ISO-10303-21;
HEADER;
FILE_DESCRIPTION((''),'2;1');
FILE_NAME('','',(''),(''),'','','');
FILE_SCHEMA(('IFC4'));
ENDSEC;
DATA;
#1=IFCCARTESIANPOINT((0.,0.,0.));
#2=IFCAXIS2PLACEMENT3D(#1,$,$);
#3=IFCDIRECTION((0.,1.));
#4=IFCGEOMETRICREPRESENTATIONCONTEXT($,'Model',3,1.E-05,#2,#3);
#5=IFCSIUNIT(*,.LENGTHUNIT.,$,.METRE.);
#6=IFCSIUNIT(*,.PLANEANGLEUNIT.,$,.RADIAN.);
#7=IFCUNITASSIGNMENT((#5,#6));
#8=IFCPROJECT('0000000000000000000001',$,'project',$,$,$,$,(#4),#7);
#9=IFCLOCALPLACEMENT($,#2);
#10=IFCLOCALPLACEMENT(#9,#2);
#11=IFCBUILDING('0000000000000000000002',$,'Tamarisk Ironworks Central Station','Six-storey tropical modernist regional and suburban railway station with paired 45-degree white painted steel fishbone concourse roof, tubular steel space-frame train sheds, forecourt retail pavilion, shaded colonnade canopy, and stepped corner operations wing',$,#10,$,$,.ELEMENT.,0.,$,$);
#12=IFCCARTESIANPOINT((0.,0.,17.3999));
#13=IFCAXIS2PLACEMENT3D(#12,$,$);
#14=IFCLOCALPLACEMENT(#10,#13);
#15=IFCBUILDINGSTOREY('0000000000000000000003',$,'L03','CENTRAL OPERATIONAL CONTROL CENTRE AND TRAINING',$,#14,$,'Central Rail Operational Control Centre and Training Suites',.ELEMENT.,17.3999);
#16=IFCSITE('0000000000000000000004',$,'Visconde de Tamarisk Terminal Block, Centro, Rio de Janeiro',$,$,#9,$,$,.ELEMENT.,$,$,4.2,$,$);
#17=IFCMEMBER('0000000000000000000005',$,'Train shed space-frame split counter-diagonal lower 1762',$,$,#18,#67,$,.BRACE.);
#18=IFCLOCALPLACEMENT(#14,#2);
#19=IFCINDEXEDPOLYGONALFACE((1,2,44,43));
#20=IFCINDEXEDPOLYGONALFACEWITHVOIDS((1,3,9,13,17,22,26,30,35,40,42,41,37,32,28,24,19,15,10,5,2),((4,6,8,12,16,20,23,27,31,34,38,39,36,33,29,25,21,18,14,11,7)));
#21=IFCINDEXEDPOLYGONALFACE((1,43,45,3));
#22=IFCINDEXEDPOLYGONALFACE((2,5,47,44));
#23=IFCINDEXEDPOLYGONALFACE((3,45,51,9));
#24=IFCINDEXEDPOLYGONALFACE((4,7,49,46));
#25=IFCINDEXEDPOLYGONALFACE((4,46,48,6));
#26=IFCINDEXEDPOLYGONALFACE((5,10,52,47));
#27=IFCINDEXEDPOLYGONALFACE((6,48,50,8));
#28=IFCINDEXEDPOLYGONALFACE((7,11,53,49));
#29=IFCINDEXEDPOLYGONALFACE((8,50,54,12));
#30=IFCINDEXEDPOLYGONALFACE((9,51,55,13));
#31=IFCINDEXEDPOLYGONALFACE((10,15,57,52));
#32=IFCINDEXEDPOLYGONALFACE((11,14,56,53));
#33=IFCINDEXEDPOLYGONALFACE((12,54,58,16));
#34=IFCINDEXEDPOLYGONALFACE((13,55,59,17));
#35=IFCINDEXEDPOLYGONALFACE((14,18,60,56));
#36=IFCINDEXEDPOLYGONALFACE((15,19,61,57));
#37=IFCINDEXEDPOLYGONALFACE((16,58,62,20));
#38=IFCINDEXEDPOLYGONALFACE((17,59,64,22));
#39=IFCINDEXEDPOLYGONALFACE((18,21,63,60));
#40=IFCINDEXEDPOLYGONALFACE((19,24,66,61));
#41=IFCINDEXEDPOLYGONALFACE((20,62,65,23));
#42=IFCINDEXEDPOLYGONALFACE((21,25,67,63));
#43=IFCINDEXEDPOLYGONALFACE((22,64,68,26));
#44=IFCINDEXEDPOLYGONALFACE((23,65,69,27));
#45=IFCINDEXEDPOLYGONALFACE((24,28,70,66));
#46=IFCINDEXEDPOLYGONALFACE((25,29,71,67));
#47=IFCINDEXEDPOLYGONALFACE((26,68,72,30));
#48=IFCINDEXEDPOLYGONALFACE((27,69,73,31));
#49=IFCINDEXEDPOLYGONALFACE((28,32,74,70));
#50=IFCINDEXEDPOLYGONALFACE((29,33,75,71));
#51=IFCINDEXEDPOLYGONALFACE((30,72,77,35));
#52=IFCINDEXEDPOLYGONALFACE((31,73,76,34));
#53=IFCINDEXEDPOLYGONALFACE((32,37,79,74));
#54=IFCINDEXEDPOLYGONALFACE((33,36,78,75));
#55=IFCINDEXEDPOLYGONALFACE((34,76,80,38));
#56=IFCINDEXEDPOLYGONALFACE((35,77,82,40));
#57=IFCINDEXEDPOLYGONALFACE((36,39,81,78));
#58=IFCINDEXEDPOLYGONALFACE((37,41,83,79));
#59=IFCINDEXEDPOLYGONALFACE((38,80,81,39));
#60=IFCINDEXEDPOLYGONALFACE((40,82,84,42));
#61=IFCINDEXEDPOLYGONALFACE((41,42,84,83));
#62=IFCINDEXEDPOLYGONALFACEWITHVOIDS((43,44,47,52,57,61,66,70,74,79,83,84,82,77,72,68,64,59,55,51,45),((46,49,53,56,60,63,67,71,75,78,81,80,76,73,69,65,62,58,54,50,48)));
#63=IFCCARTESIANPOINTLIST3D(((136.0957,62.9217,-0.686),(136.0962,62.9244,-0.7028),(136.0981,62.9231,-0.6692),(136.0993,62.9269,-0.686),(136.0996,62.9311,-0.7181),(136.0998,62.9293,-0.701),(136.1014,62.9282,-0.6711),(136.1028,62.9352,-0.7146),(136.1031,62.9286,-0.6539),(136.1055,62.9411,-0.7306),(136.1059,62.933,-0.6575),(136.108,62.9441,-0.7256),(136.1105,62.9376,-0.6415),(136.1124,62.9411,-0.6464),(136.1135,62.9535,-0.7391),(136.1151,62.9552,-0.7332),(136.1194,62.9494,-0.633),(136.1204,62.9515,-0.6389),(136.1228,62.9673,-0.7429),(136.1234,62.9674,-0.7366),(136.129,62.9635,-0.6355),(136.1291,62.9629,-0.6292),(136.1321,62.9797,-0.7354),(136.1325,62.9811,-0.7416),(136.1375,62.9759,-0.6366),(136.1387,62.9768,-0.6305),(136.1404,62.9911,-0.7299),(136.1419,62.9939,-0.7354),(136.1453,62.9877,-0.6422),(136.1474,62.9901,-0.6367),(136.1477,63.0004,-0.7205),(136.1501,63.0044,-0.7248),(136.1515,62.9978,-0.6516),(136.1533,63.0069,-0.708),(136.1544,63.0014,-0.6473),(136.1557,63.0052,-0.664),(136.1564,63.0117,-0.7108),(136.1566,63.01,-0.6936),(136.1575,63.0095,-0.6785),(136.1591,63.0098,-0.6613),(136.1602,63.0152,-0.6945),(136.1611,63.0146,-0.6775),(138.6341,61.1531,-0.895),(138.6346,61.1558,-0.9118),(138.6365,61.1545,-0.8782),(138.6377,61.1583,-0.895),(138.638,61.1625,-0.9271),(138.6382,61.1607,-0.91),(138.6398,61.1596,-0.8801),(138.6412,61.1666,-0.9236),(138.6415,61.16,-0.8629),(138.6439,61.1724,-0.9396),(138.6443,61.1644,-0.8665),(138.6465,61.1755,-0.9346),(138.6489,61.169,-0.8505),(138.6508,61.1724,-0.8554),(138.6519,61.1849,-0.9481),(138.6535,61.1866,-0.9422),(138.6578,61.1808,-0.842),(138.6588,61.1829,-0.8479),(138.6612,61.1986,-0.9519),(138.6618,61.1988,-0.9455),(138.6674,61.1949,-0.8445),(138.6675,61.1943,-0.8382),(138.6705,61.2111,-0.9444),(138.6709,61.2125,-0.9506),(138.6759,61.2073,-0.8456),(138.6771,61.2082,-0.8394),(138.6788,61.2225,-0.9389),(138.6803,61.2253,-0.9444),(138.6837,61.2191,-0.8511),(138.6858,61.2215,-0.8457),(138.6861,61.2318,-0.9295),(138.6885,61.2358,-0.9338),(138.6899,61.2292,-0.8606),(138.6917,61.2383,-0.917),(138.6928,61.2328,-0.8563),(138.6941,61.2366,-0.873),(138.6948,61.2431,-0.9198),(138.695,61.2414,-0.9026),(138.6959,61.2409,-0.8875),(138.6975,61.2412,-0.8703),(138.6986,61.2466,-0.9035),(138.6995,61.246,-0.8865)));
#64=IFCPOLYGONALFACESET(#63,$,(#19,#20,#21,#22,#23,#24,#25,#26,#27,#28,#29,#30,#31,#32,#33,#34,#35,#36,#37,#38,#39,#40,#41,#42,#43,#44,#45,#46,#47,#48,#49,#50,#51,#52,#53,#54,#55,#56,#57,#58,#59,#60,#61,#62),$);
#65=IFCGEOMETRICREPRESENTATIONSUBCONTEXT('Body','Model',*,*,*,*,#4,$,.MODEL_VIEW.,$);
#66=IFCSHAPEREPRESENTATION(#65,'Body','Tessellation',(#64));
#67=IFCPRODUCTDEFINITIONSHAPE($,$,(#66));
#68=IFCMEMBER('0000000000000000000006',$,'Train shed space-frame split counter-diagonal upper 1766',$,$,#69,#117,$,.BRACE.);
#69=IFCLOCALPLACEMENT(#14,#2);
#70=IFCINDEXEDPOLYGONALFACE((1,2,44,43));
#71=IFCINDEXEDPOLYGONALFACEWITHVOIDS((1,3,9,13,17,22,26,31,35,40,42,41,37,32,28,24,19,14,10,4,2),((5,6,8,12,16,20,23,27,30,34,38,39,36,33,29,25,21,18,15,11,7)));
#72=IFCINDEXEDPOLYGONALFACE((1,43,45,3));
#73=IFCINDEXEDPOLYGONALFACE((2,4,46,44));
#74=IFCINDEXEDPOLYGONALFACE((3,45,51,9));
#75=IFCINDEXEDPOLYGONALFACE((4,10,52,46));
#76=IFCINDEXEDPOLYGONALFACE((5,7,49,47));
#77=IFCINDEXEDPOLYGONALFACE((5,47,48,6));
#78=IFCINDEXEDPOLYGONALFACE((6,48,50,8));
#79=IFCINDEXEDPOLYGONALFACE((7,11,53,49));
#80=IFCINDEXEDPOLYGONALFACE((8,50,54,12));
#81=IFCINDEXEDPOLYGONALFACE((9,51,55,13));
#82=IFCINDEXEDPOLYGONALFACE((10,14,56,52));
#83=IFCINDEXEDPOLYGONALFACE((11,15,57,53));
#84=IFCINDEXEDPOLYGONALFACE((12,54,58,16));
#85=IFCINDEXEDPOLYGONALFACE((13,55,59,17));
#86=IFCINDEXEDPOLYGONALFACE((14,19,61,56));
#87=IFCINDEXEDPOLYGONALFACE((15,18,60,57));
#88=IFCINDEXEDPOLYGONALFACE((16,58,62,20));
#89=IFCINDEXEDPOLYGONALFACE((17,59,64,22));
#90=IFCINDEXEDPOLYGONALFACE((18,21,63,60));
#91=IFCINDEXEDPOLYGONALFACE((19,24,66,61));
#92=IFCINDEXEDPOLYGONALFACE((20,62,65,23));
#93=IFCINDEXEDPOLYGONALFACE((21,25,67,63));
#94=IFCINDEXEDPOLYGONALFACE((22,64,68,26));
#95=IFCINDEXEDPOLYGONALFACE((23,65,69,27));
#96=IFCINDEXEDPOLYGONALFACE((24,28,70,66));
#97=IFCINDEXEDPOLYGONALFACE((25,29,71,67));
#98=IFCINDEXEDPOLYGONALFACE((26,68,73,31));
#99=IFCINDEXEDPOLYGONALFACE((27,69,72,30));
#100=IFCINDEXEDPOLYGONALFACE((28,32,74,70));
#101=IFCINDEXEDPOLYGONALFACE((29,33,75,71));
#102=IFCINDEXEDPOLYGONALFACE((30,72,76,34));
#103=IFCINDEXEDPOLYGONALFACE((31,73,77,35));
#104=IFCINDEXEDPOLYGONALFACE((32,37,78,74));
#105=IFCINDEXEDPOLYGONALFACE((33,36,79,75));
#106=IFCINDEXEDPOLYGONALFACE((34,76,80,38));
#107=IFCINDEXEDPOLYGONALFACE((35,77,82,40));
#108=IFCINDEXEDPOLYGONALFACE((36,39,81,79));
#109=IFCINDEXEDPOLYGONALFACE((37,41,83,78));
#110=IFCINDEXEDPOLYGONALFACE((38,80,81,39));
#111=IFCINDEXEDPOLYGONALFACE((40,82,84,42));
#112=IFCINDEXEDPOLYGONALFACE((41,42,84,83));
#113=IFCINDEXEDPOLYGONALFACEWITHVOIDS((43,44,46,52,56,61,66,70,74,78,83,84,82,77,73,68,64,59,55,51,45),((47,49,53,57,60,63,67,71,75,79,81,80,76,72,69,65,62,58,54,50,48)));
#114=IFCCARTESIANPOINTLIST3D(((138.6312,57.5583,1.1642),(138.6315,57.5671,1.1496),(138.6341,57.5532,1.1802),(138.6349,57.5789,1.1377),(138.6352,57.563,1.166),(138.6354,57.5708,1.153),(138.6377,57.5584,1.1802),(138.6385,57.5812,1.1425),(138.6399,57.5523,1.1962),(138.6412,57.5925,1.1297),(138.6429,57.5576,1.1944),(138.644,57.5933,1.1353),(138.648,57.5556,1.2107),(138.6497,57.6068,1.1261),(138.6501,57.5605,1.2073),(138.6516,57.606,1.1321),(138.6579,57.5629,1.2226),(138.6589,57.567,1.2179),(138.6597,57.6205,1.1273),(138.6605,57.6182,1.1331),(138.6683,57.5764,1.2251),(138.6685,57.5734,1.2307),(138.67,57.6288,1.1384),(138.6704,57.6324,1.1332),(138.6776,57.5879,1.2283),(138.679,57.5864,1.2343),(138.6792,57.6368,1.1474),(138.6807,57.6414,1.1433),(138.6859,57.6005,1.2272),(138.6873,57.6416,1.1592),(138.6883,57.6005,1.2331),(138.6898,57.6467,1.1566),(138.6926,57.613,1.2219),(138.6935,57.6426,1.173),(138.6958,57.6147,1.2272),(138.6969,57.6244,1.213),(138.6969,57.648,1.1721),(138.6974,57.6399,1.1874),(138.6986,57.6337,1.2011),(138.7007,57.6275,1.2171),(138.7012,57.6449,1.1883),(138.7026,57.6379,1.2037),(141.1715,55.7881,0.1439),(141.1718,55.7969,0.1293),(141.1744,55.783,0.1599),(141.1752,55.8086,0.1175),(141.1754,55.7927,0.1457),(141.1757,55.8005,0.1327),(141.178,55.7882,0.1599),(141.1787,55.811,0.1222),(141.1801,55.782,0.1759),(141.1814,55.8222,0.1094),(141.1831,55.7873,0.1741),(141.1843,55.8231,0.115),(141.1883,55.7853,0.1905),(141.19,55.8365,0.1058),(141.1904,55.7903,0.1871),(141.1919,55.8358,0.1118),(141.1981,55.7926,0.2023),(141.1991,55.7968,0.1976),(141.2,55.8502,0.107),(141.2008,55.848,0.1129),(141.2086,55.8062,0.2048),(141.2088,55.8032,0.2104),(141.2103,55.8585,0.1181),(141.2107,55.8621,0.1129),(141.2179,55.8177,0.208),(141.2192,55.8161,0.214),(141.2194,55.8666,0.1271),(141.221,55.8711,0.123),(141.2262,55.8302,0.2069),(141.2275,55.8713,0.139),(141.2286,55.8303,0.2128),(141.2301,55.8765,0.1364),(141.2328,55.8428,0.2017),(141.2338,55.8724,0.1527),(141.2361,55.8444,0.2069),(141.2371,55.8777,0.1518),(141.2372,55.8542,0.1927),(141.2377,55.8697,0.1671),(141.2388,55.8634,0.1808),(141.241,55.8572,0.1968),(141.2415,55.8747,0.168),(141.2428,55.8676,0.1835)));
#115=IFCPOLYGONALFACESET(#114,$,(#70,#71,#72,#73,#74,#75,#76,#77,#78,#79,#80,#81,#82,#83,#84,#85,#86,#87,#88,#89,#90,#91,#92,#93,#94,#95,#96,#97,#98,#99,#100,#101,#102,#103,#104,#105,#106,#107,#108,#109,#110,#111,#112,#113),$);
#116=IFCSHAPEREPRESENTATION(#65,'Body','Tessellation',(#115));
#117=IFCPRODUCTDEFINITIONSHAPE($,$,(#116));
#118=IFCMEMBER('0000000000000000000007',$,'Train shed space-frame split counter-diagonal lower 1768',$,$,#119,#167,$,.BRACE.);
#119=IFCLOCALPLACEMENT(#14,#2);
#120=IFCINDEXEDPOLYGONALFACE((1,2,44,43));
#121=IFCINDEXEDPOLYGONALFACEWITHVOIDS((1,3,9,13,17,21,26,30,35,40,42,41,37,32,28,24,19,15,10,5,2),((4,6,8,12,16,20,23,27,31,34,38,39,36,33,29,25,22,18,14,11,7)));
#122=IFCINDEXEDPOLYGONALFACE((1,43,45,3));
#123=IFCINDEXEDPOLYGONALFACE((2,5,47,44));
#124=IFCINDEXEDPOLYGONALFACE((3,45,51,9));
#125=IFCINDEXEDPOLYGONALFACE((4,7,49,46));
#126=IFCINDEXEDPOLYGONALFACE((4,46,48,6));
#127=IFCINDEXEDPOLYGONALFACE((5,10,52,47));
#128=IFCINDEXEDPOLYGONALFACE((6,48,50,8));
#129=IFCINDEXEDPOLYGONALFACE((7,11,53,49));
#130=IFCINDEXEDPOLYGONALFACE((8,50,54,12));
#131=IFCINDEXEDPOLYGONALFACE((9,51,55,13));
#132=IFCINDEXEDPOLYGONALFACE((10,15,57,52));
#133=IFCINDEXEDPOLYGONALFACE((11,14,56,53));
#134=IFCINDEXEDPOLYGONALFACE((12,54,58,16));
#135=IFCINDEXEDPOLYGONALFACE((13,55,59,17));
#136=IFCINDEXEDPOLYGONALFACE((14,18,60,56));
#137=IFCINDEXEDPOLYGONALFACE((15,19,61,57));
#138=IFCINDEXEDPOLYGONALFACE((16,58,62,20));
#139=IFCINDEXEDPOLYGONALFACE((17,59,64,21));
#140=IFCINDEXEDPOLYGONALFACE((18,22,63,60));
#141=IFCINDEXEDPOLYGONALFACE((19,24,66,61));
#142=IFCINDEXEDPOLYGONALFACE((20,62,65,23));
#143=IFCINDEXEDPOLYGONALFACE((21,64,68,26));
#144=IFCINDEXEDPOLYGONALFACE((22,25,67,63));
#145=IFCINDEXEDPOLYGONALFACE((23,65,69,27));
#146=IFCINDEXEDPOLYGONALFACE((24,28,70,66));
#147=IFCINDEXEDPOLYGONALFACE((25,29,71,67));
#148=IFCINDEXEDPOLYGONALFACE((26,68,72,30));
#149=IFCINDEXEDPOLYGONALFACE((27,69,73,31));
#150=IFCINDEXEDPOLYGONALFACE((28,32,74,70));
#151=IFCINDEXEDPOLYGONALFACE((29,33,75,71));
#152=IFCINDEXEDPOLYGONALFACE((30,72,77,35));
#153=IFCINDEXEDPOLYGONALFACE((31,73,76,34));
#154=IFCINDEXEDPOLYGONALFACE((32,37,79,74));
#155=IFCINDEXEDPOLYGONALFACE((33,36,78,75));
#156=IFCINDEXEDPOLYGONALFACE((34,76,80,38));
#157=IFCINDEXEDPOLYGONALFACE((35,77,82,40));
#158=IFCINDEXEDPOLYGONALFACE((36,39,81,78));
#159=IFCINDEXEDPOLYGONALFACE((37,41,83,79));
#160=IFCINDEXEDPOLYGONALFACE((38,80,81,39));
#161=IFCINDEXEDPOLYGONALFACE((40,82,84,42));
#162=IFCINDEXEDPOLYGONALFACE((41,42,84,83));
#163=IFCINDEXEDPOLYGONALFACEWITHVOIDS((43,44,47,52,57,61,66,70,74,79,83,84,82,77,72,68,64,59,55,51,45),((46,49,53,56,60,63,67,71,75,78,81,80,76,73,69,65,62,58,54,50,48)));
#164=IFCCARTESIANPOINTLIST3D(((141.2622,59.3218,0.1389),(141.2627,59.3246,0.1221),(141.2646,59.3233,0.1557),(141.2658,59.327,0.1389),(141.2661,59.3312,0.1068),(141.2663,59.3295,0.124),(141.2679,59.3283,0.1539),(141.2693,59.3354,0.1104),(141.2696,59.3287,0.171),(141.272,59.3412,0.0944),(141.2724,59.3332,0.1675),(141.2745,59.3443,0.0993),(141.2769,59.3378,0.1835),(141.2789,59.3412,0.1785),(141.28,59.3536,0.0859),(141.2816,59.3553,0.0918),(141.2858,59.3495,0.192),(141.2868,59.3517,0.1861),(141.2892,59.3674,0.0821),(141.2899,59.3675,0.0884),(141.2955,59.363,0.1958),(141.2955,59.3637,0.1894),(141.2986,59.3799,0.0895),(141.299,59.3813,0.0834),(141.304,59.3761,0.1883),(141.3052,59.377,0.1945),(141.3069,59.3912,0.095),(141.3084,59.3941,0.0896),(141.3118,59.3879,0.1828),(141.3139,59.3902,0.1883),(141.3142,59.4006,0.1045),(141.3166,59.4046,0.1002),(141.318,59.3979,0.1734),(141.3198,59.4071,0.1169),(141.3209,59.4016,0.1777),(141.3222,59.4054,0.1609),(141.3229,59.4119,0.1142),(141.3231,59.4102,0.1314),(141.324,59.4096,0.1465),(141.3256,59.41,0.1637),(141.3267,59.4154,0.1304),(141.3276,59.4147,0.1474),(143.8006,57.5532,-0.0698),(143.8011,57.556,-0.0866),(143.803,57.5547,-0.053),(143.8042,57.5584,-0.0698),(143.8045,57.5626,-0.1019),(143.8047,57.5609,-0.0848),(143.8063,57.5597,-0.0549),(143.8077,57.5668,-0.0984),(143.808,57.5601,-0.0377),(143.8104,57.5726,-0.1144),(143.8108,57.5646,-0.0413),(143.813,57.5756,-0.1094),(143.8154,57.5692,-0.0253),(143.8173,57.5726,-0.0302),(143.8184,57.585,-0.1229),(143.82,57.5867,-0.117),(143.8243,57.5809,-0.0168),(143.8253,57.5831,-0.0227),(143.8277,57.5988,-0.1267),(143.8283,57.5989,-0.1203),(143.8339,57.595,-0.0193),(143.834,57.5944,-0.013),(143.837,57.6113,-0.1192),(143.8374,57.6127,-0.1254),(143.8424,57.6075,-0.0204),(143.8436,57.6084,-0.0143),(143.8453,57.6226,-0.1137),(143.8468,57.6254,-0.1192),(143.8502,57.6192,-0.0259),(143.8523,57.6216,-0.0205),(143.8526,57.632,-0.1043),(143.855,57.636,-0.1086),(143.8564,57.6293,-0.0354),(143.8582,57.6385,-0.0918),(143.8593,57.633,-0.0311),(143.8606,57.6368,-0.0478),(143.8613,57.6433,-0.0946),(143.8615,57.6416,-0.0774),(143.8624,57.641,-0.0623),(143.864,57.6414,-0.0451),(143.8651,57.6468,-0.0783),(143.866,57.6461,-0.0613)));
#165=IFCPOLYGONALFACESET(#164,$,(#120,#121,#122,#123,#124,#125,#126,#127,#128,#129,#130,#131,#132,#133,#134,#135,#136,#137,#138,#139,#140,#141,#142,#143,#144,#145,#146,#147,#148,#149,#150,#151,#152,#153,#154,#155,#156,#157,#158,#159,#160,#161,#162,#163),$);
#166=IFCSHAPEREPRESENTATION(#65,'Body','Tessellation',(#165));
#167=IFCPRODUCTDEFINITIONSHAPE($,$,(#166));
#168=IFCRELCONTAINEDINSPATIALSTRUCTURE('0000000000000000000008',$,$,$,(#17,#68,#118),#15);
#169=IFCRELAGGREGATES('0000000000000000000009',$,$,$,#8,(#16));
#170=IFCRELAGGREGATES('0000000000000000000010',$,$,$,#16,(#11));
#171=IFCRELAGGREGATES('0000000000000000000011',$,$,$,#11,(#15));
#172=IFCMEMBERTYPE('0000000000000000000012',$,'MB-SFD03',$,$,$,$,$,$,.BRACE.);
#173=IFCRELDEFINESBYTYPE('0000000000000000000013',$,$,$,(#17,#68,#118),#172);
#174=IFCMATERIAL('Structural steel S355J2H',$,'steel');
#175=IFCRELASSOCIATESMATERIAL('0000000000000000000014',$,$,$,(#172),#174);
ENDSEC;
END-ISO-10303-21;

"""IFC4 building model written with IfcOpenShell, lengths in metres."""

from ifc_helpers import new_model, si_unit, direction, frame, origin, origin_2d, place, context, subcontext, project, spatial, hollow_circle, extrude, material, material_profile, profile_set, type_object, element, save


model = new_model("IFC4")

# Units and contexts
model_context = context("Model", 3, precision=1e-05, world=origin(), true_north=direction((0.0, 1.0)))
body_context = subcontext(model_context, "Body", "Model", "MODEL_VIEW")
ifc_project = project(units=[si_unit("LENGTHUNIT", "METRE"), si_unit("PLANEANGLEUNIT", "RADIAN")], contexts=[model_context])

# Site, building, storey
site_placement = place(None, origin())
site = spatial("IfcSite", under=ifc_project, at=site_placement, Name="Visconde de Tamarisk Terminal Block, Centro, Rio de Janeiro", CompositionType="ELEMENT", RefElevation=4.2)
building_placement = place(site_placement, origin())
building = spatial("IfcBuilding", under=site, at=building_placement, Name="Tamarisk Ironworks Central Station", Description="Six-storey tropical modernist regional and suburban railway station with paired 45-degree white painted steel fishbone concourse roof, tubular steel space-frame train sheds, forecourt retail pavilion, shaded colonnade canopy, and stepped corner operations wing", CompositionType="ELEMENT", ElevationOfRefHeight=0.0)
storey_placement = place(building_placement, frame((0.0, 0.0, 17.3999)))
storey = spatial("IfcBuildingStorey", under=building, at=storey_placement, Name="L03", Description="CENTRAL OPERATIONAL CONTROL CENTRE AND TRAINING", LongName="Central Rail Operational Control Centre and Training Suites", CompositionType="ELEMENT", Elevation=17.3999)

# Members
ifc_material = material(Name="Structural steel S355J2H", Category="steel")
ifc_material_profile_1 = material_profile(ifc_material, hollow_circle(Radius=0.0571, WallThickness=0.0063, at=origin_2d()), Name="CHS 114.3x6.3")
ifc_profile_set_1 = profile_set([ifc_material_profile_1], Name="Structural steel S355J2H")
member_type_1 = type_object("IfcMemberType", Name="MB-SFD03", PredefinedType="BRACE", material=ifc_profile_set_1)
member_1_placement = place(storey_placement, frame((138.6667, 61.2, -0.895), z_axis=(-0.818621, 0.570366, 0.067398), x_axis=(-0.571666, -0.820487, 0.0)))
element("IfcMember", 1, at=member_1_placement, inside=storey, type_object=member_type_1, Name="Train shed space-frame split counter-diagonal lower 1762", PredefinedType="BRACE", context=body_context, shape_type="SweptSolid", body=[
    extrude(hollow_circle(Radius=0.0571, WallThickness=0.0063, at=origin_2d()), origin(), (0.0, 0.0, 1.0), 3.1008),
])
member_2_placement = place(storey_placement, frame((141.207, 55.8298, 0.1599), z_axis=(-0.77922, 0.54302, 0.312961), x_axis=(-0.571741, -0.820434, 0.0)))
element("IfcMember", 2, at=member_2_placement, inside=storey, type_object=member_type_1, Name="Train shed space-frame split counter-diagonal upper 1766", PredefinedType="BRACE", context=body_context, shape_type="SweptSolid", body=[
    extrude(hollow_circle(Radius=0.0571, WallThickness=0.0063, at=origin_2d()), origin(), (0.0, 0.0, 1.0), 3.26),
])
for number, where, z_axis, x_axis, name in (
    (3, (143.8333, 57.6001, -0.0698), (-0.818625, 0.570369, 0.06732), (-0.571666, -0.820487, 0.0), "Train shed space-frame split counter-diagonal lower 1768"),
):
    element("IfcMember", number, at=place(storey_placement, frame(where, z_axis=z_axis, x_axis=x_axis)), inside=storey, type_object=member_type_1, Name=name, PredefinedType="BRACE", context=body_context, shape_type="SweptSolid", body=[
        extrude(hollow_circle(Radius=0.0571, WallThickness=0.0063, at=origin_2d()), origin(), (0.0, 0.0, 1.0), 3.1008),
    ])

save(model, "model.ifc")
